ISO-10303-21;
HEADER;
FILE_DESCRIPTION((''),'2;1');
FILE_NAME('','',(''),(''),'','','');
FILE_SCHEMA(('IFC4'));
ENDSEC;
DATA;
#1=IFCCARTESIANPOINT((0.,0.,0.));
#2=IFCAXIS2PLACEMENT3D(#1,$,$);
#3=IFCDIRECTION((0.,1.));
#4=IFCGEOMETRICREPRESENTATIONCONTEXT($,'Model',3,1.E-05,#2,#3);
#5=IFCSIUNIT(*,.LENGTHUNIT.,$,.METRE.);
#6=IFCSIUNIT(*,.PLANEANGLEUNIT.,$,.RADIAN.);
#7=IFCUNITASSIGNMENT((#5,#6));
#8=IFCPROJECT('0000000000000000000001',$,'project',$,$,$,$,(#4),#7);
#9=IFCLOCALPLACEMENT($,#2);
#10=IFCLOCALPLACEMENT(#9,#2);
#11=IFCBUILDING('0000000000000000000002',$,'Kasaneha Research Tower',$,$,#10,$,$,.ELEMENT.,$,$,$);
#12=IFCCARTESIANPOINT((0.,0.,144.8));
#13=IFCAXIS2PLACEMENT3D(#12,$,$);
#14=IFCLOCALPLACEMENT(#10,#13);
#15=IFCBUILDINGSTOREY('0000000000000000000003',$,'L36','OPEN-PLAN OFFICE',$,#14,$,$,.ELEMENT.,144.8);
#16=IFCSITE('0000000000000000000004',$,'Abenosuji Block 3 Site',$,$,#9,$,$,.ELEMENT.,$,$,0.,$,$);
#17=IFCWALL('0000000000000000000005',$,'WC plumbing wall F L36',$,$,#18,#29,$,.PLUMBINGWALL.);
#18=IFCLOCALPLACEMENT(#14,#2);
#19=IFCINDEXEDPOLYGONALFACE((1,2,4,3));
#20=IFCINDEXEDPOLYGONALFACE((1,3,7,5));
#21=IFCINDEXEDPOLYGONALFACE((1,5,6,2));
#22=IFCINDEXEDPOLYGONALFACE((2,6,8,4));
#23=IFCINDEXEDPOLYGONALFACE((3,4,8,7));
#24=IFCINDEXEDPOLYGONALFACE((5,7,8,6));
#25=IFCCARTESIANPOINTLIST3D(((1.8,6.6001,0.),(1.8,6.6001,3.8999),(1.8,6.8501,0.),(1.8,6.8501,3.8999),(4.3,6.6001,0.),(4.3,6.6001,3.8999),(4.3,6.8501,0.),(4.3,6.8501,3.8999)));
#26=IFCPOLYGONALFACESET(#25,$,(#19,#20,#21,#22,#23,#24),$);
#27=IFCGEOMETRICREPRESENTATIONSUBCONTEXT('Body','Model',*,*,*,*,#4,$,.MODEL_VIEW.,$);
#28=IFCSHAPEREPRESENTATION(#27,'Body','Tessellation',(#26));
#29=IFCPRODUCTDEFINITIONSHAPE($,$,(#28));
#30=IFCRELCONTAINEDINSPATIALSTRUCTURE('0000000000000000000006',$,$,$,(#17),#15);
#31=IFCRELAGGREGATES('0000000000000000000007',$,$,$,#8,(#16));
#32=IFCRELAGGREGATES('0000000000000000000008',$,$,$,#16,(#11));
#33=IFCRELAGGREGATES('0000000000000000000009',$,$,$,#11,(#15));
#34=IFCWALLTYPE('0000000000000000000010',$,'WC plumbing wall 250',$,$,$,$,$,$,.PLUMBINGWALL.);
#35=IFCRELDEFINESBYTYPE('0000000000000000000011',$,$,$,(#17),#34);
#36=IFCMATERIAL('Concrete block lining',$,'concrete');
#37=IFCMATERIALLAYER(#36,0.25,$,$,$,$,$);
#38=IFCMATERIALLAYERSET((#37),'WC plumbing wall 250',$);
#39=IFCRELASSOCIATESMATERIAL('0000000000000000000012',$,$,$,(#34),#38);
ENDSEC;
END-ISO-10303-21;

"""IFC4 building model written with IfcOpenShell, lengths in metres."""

from ifc_helpers import new_model, si_unit, direction, frame, frame_2d, origin, place, context, subcontext, project, spatial, rectangle, extrude, material, layer, layer_set, type_object, element, save


model = new_model("IFC4")

# Units and contexts
model_context = context("Model", 3, precision=1e-05, world=origin(), true_north=direction((0.0, 1.0)))
body_context = subcontext(model_context, "Body", "Model", "MODEL_VIEW")
ifc_project = project(units=[si_unit("LENGTHUNIT", "METRE"), si_unit("PLANEANGLEUNIT", "RADIAN")], contexts=[model_context])

# Site, building, storey
site_placement = place(None, origin())
site = spatial("IfcSite", under=ifc_project, at=site_placement, Name="Abenosuji Block 3 Site", CompositionType="ELEMENT", RefElevation=0.0)
building_placement = place(site_placement, origin())
building = spatial("IfcBuilding", under=site, at=building_placement, Name="Kasaneha Research Tower", CompositionType="ELEMENT")
storey_placement = place(building_placement, frame((0.0, 0.0, 144.8)))
storey = spatial("IfcBuildingStorey", under=building, at=storey_placement, Name="L36", Description="OPEN-PLAN OFFICE", CompositionType="ELEMENT", Elevation=144.8)

# Wall
ifc_material_1 = material(Name="Concrete block lining", Category="concrete")
ifc_layer_1 = layer(ifc_material_1, 0.25)
ifc_layer_set_1 = layer_set([ifc_layer_1], Name="WC plumbing wall 250")
wall_type_1 = type_object("IfcWallType", Name="WC plumbing wall 250", PredefinedType="PLUMBINGWALL", material=ifc_layer_set_1)
wall_1_placement = place(storey_placement, frame((1.8, 6.7251, 0.0), z_axis=(0.0, 0.0, 1.0), x_axis=(1.0, 0.0, 0.0)))
element("IfcWall", 1, at=wall_1_placement, inside=storey, type_object=wall_type_1, Name="WC plumbing wall F L36", PredefinedType="PLUMBINGWALL", context=body_context, shape_type="SweptSolid", body=[
    extrude(rectangle(XDim=2.5, YDim=0.25, at=frame_2d((1.25, 0.0))), origin(), (0.0, 0.0, 1.0), 3.8999),
])

save(model, "model.ifc")
